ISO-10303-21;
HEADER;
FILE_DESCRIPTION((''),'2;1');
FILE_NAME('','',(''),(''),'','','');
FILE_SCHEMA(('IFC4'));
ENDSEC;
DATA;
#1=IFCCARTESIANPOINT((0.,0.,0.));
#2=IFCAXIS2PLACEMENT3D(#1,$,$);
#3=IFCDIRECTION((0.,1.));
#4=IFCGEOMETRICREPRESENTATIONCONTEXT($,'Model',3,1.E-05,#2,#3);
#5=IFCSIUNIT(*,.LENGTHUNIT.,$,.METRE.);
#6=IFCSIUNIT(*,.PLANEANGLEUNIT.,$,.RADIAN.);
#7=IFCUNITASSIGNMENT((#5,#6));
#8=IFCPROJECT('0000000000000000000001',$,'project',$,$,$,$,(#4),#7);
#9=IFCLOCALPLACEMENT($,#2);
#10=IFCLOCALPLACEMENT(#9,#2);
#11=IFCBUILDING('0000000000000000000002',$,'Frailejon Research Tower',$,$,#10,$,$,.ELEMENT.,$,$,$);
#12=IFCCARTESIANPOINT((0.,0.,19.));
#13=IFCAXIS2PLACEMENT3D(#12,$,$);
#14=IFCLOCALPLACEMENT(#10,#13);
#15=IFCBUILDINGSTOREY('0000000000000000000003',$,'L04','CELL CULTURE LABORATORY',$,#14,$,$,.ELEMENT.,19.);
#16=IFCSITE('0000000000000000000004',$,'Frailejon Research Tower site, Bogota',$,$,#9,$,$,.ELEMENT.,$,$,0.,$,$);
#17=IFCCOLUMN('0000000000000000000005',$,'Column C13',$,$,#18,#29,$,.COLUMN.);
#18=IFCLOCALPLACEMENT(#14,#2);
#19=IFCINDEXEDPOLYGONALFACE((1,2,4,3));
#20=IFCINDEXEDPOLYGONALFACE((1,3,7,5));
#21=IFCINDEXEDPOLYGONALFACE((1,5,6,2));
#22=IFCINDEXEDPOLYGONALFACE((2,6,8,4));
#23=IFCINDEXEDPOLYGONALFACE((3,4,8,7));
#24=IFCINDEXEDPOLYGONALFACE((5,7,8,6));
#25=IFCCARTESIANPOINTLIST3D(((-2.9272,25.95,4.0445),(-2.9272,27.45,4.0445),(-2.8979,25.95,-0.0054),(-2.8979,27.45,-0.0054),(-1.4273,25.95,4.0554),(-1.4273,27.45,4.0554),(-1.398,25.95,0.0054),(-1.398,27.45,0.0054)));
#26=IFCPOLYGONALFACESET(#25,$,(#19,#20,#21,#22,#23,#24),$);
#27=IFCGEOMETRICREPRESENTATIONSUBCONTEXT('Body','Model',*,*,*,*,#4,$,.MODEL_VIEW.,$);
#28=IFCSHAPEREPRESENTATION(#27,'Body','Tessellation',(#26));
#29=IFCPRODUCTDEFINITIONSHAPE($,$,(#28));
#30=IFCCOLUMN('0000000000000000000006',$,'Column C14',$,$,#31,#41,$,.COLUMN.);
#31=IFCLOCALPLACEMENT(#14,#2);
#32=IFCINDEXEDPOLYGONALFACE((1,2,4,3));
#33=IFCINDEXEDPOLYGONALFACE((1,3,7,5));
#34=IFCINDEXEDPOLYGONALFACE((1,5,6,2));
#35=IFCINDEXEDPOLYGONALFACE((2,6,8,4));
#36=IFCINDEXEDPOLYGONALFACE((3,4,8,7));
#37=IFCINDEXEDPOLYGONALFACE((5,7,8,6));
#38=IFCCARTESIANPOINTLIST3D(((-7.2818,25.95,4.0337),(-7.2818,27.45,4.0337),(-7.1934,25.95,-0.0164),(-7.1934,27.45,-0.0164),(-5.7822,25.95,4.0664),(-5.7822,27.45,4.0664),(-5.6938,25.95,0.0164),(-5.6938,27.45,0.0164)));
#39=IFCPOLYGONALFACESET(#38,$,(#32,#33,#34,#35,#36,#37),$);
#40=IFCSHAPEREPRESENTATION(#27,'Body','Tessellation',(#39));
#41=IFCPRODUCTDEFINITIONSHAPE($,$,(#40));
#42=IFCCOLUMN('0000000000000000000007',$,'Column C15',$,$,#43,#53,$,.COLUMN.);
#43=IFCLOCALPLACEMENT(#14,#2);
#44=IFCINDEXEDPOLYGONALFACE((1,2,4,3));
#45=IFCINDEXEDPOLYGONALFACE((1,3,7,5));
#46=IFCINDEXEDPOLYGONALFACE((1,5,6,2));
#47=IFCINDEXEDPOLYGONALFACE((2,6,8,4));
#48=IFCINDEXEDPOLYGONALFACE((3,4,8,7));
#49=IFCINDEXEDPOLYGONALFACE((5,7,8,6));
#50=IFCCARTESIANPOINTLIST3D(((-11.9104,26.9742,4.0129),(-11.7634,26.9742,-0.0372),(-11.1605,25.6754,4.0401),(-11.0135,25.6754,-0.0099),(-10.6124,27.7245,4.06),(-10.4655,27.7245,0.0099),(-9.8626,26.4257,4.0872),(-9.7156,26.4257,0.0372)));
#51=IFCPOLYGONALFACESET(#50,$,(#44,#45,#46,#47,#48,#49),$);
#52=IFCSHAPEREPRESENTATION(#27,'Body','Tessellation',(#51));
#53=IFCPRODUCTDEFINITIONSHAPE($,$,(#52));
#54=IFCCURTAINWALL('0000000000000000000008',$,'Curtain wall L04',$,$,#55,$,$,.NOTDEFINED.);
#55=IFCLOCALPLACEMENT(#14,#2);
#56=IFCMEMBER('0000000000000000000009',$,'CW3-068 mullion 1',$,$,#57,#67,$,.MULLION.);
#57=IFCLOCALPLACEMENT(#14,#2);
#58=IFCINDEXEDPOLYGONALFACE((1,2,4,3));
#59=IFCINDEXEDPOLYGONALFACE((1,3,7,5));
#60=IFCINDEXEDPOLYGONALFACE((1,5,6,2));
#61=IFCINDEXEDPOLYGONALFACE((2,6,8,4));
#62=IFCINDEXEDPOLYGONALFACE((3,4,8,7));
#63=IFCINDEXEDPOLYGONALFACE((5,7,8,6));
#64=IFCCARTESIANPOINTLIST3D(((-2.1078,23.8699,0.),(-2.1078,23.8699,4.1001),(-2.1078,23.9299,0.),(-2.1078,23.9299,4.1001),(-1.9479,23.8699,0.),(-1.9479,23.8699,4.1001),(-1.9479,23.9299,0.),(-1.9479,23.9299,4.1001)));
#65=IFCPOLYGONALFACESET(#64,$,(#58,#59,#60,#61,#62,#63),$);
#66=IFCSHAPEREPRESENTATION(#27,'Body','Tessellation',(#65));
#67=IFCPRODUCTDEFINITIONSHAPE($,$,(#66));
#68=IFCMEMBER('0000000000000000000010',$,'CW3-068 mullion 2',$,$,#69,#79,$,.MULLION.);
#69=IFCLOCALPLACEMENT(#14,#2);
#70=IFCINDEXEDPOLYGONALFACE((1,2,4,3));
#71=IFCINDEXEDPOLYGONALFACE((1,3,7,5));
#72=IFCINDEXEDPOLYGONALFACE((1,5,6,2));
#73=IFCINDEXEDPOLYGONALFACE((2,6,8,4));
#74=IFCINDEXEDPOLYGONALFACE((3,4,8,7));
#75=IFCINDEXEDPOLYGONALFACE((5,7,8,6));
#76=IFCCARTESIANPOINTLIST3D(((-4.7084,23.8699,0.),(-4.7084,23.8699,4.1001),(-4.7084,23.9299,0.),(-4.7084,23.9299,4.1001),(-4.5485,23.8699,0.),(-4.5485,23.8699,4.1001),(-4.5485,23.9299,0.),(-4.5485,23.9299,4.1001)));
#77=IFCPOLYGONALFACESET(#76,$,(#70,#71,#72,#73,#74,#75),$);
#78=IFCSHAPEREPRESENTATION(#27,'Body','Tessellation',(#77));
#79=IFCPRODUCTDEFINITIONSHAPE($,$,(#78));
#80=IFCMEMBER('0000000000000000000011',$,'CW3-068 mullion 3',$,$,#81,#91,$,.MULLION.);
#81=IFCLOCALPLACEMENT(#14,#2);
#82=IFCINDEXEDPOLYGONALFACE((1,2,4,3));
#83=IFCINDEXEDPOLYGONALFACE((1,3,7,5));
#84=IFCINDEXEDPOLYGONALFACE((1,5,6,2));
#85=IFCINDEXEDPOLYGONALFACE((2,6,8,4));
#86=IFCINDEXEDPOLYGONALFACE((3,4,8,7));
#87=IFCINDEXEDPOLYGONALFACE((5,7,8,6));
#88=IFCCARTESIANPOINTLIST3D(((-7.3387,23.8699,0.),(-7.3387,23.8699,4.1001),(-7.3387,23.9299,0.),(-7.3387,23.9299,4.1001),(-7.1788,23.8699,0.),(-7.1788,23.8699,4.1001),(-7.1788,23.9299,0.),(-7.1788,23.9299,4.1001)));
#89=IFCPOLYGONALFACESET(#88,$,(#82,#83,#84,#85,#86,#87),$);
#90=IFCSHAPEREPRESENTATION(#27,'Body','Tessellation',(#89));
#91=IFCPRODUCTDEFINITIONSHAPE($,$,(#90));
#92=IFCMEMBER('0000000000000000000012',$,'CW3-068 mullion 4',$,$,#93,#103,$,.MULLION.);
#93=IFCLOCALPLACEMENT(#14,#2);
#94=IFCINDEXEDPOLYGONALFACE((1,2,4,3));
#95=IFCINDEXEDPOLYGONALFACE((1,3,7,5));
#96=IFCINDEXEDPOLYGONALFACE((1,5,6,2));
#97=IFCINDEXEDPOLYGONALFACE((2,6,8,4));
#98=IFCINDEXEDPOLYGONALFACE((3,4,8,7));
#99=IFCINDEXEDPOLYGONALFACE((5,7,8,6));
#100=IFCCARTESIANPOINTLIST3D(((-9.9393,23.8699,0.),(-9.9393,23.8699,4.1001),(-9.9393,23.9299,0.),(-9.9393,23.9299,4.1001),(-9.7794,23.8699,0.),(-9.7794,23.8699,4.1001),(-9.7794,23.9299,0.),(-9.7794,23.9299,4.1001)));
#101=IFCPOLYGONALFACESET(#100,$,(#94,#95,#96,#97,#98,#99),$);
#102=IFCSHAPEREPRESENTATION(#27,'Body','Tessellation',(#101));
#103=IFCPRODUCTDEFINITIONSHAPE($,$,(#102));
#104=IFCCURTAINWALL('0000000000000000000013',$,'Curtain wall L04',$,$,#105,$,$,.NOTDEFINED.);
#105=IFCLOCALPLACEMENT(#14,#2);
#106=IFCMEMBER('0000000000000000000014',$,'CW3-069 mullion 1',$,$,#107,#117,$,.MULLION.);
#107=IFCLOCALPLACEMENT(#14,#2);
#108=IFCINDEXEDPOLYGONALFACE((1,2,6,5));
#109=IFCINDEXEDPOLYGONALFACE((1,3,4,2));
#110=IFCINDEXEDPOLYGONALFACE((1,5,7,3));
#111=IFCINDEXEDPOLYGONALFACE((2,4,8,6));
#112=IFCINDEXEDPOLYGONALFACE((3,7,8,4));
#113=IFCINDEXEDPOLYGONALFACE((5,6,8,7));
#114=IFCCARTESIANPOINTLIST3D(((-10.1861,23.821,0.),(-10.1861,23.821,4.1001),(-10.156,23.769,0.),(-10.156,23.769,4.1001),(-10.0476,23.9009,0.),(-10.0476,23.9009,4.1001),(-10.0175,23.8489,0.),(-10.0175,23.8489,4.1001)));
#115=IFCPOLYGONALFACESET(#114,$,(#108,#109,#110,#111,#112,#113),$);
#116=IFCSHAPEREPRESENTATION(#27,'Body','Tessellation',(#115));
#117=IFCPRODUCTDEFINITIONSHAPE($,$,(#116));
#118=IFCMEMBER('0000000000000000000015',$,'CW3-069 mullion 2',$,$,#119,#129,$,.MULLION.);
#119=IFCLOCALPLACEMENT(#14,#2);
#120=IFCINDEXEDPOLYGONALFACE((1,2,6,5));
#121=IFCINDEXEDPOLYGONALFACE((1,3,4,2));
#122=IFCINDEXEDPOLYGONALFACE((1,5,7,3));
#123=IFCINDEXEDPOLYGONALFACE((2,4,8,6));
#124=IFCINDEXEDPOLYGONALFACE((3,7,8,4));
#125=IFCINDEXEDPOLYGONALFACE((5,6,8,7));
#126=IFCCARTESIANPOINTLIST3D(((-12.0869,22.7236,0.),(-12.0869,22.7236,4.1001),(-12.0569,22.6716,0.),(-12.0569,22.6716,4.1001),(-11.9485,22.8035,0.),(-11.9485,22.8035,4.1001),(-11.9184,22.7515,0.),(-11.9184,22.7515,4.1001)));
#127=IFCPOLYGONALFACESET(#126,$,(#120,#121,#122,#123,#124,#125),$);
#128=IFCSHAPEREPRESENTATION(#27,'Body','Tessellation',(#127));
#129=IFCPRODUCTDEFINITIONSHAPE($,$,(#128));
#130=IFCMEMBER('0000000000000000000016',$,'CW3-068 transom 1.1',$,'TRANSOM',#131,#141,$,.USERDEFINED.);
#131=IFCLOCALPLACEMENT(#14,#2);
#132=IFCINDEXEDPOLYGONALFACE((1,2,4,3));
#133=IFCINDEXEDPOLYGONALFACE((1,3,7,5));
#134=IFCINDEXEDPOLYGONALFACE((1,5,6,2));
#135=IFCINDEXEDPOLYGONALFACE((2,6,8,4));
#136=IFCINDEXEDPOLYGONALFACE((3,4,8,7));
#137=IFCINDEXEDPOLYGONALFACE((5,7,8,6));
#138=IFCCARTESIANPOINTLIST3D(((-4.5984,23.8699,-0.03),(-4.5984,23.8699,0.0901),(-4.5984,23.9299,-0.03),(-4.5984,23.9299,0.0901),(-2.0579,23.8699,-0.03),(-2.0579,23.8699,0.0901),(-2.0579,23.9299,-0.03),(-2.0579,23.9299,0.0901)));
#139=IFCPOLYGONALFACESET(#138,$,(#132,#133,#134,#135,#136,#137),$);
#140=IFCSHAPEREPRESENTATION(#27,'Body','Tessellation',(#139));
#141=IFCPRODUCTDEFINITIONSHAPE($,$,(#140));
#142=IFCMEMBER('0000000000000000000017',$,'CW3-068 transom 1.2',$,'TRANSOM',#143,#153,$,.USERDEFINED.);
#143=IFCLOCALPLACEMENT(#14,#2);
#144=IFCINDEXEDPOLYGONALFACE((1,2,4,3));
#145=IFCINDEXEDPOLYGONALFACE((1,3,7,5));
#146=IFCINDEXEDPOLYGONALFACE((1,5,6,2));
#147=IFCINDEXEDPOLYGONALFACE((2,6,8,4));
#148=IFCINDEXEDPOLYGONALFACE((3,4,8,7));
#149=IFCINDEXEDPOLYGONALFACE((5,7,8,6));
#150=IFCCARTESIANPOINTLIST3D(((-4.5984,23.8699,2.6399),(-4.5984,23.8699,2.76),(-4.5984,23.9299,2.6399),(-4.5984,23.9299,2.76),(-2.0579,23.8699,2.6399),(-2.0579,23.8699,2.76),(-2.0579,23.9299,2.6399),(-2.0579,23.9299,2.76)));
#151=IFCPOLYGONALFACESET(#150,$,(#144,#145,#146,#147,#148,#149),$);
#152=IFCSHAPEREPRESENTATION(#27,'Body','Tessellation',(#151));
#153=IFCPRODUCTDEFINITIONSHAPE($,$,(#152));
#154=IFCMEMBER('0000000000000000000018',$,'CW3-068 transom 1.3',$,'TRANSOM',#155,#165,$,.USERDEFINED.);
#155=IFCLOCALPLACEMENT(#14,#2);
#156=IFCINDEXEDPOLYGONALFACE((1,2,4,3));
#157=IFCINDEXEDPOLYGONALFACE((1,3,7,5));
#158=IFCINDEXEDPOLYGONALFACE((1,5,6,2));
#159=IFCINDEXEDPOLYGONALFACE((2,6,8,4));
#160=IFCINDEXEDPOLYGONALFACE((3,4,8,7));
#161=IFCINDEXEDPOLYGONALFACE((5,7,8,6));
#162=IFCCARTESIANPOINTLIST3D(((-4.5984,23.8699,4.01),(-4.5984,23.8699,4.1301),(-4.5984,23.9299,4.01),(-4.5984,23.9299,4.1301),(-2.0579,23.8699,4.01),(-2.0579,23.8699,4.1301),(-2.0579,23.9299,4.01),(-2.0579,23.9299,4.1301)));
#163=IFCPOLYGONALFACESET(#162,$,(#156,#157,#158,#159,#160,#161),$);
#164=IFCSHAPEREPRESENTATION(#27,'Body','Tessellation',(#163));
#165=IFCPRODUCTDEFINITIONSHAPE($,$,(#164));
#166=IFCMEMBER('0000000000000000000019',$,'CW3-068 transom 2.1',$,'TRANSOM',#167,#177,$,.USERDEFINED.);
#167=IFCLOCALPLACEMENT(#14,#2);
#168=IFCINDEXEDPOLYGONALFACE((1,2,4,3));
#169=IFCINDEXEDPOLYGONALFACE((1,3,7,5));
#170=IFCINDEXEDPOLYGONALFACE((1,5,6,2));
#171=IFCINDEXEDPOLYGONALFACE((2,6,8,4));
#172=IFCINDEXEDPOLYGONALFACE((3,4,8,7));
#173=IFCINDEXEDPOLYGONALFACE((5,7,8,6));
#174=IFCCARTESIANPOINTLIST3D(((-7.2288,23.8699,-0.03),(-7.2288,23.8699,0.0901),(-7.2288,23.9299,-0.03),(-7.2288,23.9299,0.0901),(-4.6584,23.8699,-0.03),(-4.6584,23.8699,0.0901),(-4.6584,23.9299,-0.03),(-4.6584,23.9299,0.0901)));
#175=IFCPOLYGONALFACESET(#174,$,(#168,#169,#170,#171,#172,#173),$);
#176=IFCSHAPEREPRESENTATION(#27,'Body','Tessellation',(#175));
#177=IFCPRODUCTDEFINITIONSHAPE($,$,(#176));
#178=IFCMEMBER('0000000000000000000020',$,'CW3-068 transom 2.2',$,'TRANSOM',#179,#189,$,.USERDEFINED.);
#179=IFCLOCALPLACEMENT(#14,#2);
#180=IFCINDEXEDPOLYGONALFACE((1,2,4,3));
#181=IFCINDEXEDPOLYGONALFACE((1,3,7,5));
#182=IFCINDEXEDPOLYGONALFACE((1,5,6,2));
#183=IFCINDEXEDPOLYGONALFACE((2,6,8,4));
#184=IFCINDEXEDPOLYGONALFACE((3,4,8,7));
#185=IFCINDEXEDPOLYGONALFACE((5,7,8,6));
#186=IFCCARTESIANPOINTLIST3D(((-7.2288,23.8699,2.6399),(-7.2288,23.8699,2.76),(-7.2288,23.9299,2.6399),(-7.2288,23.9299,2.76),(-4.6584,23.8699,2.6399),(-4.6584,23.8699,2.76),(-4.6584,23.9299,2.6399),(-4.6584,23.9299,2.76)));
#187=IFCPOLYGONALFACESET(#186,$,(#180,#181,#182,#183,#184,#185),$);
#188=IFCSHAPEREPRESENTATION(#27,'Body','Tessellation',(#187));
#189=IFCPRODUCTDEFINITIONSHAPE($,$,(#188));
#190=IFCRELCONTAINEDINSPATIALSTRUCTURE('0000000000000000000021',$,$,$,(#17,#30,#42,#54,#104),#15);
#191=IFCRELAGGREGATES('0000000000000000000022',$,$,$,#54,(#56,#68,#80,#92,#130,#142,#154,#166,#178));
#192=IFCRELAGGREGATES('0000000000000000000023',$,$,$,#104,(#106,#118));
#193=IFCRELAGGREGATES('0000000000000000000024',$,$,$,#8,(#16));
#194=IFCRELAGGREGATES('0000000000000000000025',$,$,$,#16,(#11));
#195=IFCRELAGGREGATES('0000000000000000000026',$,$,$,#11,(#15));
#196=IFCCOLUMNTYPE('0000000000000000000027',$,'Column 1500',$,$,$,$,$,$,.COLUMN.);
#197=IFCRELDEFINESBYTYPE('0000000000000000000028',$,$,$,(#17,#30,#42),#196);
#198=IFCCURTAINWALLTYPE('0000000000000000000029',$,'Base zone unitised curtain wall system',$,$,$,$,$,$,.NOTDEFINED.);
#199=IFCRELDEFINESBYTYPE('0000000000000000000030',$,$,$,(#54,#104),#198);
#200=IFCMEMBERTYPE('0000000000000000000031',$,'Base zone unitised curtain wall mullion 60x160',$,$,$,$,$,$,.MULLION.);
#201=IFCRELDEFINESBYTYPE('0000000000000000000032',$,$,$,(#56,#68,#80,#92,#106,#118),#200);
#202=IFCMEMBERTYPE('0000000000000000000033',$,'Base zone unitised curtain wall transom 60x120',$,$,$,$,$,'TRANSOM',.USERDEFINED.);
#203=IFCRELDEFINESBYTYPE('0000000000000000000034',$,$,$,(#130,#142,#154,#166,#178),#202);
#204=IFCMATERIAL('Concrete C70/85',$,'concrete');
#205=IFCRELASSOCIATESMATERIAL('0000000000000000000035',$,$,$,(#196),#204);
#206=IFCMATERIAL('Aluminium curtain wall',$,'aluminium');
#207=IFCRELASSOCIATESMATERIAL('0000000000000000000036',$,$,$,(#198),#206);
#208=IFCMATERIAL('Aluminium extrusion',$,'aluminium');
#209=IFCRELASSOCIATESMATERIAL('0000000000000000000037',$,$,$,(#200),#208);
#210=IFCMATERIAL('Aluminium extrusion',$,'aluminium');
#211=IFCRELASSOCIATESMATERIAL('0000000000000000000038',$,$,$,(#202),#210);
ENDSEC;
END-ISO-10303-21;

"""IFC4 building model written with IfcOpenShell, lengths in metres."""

from ifc_helpers import new_model, si_unit, direction, frame, origin, origin_2d, place, context, subcontext, project, spatial, rectangle, extrude, material, material_profile, profile_set, type_object, element, aggregate, save


model = new_model("IFC4")

# Units and contexts
model_context = context("Model", 3, precision=1e-05, world=origin(), true_north=direction((0.0, 1.0)))
body_context = subcontext(model_context, "Body", "Model", "MODEL_VIEW")
ifc_project = project(units=[si_unit("LENGTHUNIT", "METRE"), si_unit("PLANEANGLEUNIT", "RADIAN")], contexts=[model_context])

# Site, building, storey
site_placement = place(None, origin())
site = spatial("IfcSite", under=ifc_project, at=site_placement, Name="Frailejon Research Tower site, Bogota", CompositionType="ELEMENT", RefElevation=0.0)
building_placement = place(site_placement, origin())
building = spatial("IfcBuilding", under=site, at=building_placement, Name="Frailejon Research Tower", CompositionType="ELEMENT")
storey_placement = place(building_placement, frame((0.0, 0.0, 19.0)))
storey = spatial("IfcBuildingStorey", under=building, at=storey_placement, Name="L04", Description="CELL CULTURE LABORATORY", CompositionType="ELEMENT", Elevation=19.0)

# Columns
ifc_material_1 = material(Name="Concrete C70/85", Category="concrete")
ifc_material_profile_1 = material_profile(ifc_material_1, rectangle(XDim=1.5, YDim=1.5, at=origin_2d()), Name="Column 1500")
ifc_profile_set_1 = profile_set([ifc_material_profile_1], Name="Concrete C70/85")
column_type = type_object("IfcColumnType", Name="Column 1500", PredefinedType="COLUMN", material=ifc_profile_set_1)
column_1_placement = place(storey_placement, frame((-2.1479, 26.7, 0.0), z_axis=(-0.007234, 0.0, 0.999974), x_axis=(-0.999974, 0.0, -0.007234)))
element("IfcColumn", 1, at=column_1_placement, inside=storey, type_object=column_type, Name="Column C13", PredefinedType="COLUMN", context=body_context, shape_type="SweptSolid", body=[
    extrude(rectangle(XDim=1.5, YDim=1.5, at=origin_2d()), origin(), (0.0, 0.0, 1.0), 4.05),
])
column_2_placement = place(storey_placement, frame((-6.4436, 26.7, 0.0), z_axis=(-0.021816, 0.0, 0.999762), x_axis=(-0.999762, 0.0, -0.021816)))
element("IfcColumn", 2, at=column_2_placement, inside=storey, type_object=column_type, Name="Column C14", PredefinedType="COLUMN", context=body_context, shape_type="SweptSolid", body=[
    extrude(rectangle(XDim=1.5, YDim=1.5, at=origin_2d()), origin(), (0.0, 0.0, 1.0), 4.051),
])
column_3_placement = place(storey_placement, frame((-10.7395, 26.7, 0.0), z_axis=(-0.036265, 0.0, 0.999342), x_axis=(-0.865314, -0.500246, -0.031401)))
element("IfcColumn", 3, at=column_3_placement, inside=storey, type_object=column_type, Name="Column C15", PredefinedType="COLUMN", context=body_context, shape_type="SweptSolid", body=[
    extrude(rectangle(XDim=1.5, YDim=1.5, at=origin_2d()), origin(), (0.0, 0.0, 1.0), 4.0527),
])

# Curtain walls, members
ifc_material_2 = material(Name="Aluminium curtain wall", Category="aluminium")
curtain_wall_type = type_object("IfcCurtainWallType", Name="Base zone unitised curtain wall system", PredefinedType="NOTDEFINED", material=ifc_material_2)
curtain_wall_1_placement = place(storey_placement, origin())
curtain_wall_1 = element("IfcCurtainWall", 4, at=curtain_wall_1_placement, inside=storey, type_object=curtain_wall_type, Name="Curtain wall L04", PredefinedType="NOTDEFINED")
ifc_material_3 = material(Name="Aluminium extrusion", Category="aluminium")
ifc_material_profile_2 = material_profile(ifc_material_3, rectangle(XDim=0.0601, YDim=0.1599, at=origin_2d()), Name="Base zone unitised curtain wall mullion 60x160")
ifc_profile_set_2 = profile_set([ifc_material_profile_2], Name="Aluminium extrusion")
member_type_1 = type_object("IfcMemberType", Name="Base zone unitised curtain wall mullion 60x160", PredefinedType="MULLION", material=ifc_profile_set_2)
member_1_placement = place(storey_placement, frame((-2.0278, 23.8999, 0.0), z_axis=(0.0, 0.0, 1.0), x_axis=(0.0, -1.0, 0.0)))
member_1 = element("IfcMember", 5, at=member_1_placement, type_object=member_type_1, Name="CW3-068 mullion 1", PredefinedType="MULLION", context=body_context, shape_type="SweptSolid", body=[
    extrude(rectangle(XDim=0.0601, YDim=0.1599, at=origin_2d()), origin(), (0.0, 0.0, 1.0), 4.1001),
])
member_2_placement = place(storey_placement, frame((-4.6284, 23.8999, 0.0), z_axis=(0.0, 0.0, 1.0), x_axis=(0.0, -1.0, 0.0)))
member_2 = element("IfcMember", 6, at=member_2_placement, type_object=member_type_1, Name="CW3-068 mullion 2", PredefinedType="MULLION", context=body_context, shape_type="SweptSolid", body=[
    extrude(rectangle(XDim=0.0601, YDim=0.1599, at=origin_2d()), origin(), (0.0, 0.0, 1.0), 4.1001),
])
member_3_placement = place(storey_placement, frame((-7.2588, 23.8999, 0.0), z_axis=(0.0, 0.0, 1.0), x_axis=(0.0, -1.0, 0.0)))
member_3 = element("IfcMember", 7, at=member_3_placement, type_object=member_type_1, Name="CW3-068 mullion 3", PredefinedType="MULLION", context=body_context, shape_type="SweptSolid", body=[
    extrude(rectangle(XDim=0.0601, YDim=0.1599, at=origin_2d()), origin(), (0.0, 0.0, 1.0), 4.1001),
])
member_4_placement = place(storey_placement, frame((-9.8594, 23.8999, 0.0), z_axis=(0.0, 0.0, 1.0), x_axis=(0.0, -1.0, 0.0)))
member_4 = element("IfcMember", 8, at=member_4_placement, type_object=member_type_1, Name="CW3-068 mullion 4", PredefinedType="MULLION", context=body_context, shape_type="SweptSolid", body=[
    extrude(rectangle(XDim=0.0601, YDim=0.1599, at=origin_2d()), origin(), (0.0, 0.0, 1.0), 4.1001),
])
curtain_wall_2_placement = place(storey_placement, origin())
curtain_wall_2 = element("IfcCurtainWall", 9, at=curtain_wall_2_placement, inside=storey, type_object=curtain_wall_type, Name="Curtain wall L04", PredefinedType="NOTDEFINED")
member_5_placement = place(storey_placement, frame((-10.1018, 23.835, 0.0), z_axis=(0.0, 0.0, 1.0), x_axis=(0.499998, -0.866026, 0.0)))
member_5 = element("IfcMember", 10, at=member_5_placement, type_object=member_type_1, Name="CW3-069 mullion 1", PredefinedType="MULLION", context=body_context, shape_type="SweptSolid", body=[
    extrude(rectangle(XDim=0.0601, YDim=0.1599, at=origin_2d()), origin(), (0.0, 0.0, 1.0), 4.1001),
])
member_6_placement = place(storey_placement, frame((-12.0027, 22.7375, 0.0), z_axis=(0.0, 0.0, 1.0), x_axis=(0.499998, -0.866026, 0.0)))
member_6 = element("IfcMember", 11, at=member_6_placement, type_object=member_type_1, Name="CW3-069 mullion 2", PredefinedType="MULLION", context=body_context, shape_type="SweptSolid", body=[
    extrude(rectangle(XDim=0.0601, YDim=0.1599, at=origin_2d()), origin(), (0.0, 0.0, 1.0), 4.1001),
])

# Members
ifc_material_4 = material(Name="Aluminium extrusion", Category="aluminium")
ifc_material_profile_3 = material_profile(ifc_material_4, rectangle(XDim=0.0601, YDim=0.1201, at=origin_2d()), Name="Base zone unitised curtain wall transom 60x120")
ifc_profile_set_3 = profile_set([ifc_material_profile_3], Name="Aluminium extrusion")
member_type_2 = type_object("IfcMemberType", Name="Base zone unitised curtain wall transom 60x120", ElementType="TRANSOM", PredefinedType="USERDEFINED", material=ifc_profile_set_3)
member_7_placement = place(storey_placement, frame((-2.0579, 23.8999, 0.03), z_axis=(-1.0, 0.0, 0.0), x_axis=(0.0, -1.0, 0.0)))
member_7 = element("IfcMember", 12, at=member_7_placement, type_object=member_type_2, Name="CW3-068 transom 1.1", ObjectType="TRANSOM", PredefinedType="USERDEFINED", context=body_context, shape_type="SweptSolid", body=[
    extrude(rectangle(XDim=0.0601, YDim=0.1201, at=origin_2d()), origin(), (0.0, 0.0, 1.0), 2.5405),
])
member_8_placement = place(storey_placement, frame((-2.0579, 23.8999, 2.7), z_axis=(-1.0, 0.0, 0.0), x_axis=(0.0, -1.0, 0.0)))
member_8 = element("IfcMember", 13, at=member_8_placement, type_object=member_type_2, Name="CW3-068 transom 1.2", ObjectType="TRANSOM", PredefinedType="USERDEFINED", context=body_context, shape_type="SweptSolid", body=[
    extrude(rectangle(XDim=0.0601, YDim=0.1201, at=origin_2d()), origin(), (0.0, 0.0, 1.0), 2.5405),
])
member_9_placement = place(storey_placement, frame((-2.0579, 23.8999, 4.0701), z_axis=(-1.0, 0.0, 0.0), x_axis=(0.0, -1.0, 0.0)))
member_9 = element("IfcMember", 14, at=member_9_placement, type_object=member_type_2, Name="CW3-068 transom 1.3", ObjectType="TRANSOM", PredefinedType="USERDEFINED", context=body_context, shape_type="SweptSolid", body=[
    extrude(rectangle(XDim=0.0601, YDim=0.1201, at=origin_2d()), origin(), (0.0, 0.0, 1.0), 2.5405),
])
member_10_placement = place(storey_placement, frame((-4.6584, 23.8999, 0.03), z_axis=(-1.0, 0.0, 0.0), x_axis=(0.0, -1.0, 0.0)))
member_10 = element("IfcMember", 15, at=member_10_placement, type_object=member_type_2, Name="CW3-068 transom 2.1", ObjectType="TRANSOM", PredefinedType="USERDEFINED", context=body_context, shape_type="SweptSolid", body=[
    extrude(rectangle(XDim=0.0601, YDim=0.1201, at=origin_2d()), origin(), (0.0, 0.0, 1.0), 2.5703),
])
member_11_placement = place(storey_placement, frame((-4.6584, 23.8999, 2.7), z_axis=(-1.0, 0.0, 0.0), x_axis=(0.0, -1.0, 0.0)))
member_11 = element("IfcMember", 16, at=member_11_placement, type_object=member_type_2, Name="CW3-068 transom 2.2", ObjectType="TRANSOM", PredefinedType="USERDEFINED", context=body_context, shape_type="SweptSolid", body=[
    extrude(rectangle(XDim=0.0601, YDim=0.1201, at=origin_2d()), origin(), (0.0, 0.0, 1.0), 2.5703),
])

aggregate(curtain_wall_1, [member_1, member_2, member_3, member_4, member_7, member_8, member_9, member_10, member_11])
aggregate(curtain_wall_2, [member_5, member_6])

save(model, "model.ifc")
